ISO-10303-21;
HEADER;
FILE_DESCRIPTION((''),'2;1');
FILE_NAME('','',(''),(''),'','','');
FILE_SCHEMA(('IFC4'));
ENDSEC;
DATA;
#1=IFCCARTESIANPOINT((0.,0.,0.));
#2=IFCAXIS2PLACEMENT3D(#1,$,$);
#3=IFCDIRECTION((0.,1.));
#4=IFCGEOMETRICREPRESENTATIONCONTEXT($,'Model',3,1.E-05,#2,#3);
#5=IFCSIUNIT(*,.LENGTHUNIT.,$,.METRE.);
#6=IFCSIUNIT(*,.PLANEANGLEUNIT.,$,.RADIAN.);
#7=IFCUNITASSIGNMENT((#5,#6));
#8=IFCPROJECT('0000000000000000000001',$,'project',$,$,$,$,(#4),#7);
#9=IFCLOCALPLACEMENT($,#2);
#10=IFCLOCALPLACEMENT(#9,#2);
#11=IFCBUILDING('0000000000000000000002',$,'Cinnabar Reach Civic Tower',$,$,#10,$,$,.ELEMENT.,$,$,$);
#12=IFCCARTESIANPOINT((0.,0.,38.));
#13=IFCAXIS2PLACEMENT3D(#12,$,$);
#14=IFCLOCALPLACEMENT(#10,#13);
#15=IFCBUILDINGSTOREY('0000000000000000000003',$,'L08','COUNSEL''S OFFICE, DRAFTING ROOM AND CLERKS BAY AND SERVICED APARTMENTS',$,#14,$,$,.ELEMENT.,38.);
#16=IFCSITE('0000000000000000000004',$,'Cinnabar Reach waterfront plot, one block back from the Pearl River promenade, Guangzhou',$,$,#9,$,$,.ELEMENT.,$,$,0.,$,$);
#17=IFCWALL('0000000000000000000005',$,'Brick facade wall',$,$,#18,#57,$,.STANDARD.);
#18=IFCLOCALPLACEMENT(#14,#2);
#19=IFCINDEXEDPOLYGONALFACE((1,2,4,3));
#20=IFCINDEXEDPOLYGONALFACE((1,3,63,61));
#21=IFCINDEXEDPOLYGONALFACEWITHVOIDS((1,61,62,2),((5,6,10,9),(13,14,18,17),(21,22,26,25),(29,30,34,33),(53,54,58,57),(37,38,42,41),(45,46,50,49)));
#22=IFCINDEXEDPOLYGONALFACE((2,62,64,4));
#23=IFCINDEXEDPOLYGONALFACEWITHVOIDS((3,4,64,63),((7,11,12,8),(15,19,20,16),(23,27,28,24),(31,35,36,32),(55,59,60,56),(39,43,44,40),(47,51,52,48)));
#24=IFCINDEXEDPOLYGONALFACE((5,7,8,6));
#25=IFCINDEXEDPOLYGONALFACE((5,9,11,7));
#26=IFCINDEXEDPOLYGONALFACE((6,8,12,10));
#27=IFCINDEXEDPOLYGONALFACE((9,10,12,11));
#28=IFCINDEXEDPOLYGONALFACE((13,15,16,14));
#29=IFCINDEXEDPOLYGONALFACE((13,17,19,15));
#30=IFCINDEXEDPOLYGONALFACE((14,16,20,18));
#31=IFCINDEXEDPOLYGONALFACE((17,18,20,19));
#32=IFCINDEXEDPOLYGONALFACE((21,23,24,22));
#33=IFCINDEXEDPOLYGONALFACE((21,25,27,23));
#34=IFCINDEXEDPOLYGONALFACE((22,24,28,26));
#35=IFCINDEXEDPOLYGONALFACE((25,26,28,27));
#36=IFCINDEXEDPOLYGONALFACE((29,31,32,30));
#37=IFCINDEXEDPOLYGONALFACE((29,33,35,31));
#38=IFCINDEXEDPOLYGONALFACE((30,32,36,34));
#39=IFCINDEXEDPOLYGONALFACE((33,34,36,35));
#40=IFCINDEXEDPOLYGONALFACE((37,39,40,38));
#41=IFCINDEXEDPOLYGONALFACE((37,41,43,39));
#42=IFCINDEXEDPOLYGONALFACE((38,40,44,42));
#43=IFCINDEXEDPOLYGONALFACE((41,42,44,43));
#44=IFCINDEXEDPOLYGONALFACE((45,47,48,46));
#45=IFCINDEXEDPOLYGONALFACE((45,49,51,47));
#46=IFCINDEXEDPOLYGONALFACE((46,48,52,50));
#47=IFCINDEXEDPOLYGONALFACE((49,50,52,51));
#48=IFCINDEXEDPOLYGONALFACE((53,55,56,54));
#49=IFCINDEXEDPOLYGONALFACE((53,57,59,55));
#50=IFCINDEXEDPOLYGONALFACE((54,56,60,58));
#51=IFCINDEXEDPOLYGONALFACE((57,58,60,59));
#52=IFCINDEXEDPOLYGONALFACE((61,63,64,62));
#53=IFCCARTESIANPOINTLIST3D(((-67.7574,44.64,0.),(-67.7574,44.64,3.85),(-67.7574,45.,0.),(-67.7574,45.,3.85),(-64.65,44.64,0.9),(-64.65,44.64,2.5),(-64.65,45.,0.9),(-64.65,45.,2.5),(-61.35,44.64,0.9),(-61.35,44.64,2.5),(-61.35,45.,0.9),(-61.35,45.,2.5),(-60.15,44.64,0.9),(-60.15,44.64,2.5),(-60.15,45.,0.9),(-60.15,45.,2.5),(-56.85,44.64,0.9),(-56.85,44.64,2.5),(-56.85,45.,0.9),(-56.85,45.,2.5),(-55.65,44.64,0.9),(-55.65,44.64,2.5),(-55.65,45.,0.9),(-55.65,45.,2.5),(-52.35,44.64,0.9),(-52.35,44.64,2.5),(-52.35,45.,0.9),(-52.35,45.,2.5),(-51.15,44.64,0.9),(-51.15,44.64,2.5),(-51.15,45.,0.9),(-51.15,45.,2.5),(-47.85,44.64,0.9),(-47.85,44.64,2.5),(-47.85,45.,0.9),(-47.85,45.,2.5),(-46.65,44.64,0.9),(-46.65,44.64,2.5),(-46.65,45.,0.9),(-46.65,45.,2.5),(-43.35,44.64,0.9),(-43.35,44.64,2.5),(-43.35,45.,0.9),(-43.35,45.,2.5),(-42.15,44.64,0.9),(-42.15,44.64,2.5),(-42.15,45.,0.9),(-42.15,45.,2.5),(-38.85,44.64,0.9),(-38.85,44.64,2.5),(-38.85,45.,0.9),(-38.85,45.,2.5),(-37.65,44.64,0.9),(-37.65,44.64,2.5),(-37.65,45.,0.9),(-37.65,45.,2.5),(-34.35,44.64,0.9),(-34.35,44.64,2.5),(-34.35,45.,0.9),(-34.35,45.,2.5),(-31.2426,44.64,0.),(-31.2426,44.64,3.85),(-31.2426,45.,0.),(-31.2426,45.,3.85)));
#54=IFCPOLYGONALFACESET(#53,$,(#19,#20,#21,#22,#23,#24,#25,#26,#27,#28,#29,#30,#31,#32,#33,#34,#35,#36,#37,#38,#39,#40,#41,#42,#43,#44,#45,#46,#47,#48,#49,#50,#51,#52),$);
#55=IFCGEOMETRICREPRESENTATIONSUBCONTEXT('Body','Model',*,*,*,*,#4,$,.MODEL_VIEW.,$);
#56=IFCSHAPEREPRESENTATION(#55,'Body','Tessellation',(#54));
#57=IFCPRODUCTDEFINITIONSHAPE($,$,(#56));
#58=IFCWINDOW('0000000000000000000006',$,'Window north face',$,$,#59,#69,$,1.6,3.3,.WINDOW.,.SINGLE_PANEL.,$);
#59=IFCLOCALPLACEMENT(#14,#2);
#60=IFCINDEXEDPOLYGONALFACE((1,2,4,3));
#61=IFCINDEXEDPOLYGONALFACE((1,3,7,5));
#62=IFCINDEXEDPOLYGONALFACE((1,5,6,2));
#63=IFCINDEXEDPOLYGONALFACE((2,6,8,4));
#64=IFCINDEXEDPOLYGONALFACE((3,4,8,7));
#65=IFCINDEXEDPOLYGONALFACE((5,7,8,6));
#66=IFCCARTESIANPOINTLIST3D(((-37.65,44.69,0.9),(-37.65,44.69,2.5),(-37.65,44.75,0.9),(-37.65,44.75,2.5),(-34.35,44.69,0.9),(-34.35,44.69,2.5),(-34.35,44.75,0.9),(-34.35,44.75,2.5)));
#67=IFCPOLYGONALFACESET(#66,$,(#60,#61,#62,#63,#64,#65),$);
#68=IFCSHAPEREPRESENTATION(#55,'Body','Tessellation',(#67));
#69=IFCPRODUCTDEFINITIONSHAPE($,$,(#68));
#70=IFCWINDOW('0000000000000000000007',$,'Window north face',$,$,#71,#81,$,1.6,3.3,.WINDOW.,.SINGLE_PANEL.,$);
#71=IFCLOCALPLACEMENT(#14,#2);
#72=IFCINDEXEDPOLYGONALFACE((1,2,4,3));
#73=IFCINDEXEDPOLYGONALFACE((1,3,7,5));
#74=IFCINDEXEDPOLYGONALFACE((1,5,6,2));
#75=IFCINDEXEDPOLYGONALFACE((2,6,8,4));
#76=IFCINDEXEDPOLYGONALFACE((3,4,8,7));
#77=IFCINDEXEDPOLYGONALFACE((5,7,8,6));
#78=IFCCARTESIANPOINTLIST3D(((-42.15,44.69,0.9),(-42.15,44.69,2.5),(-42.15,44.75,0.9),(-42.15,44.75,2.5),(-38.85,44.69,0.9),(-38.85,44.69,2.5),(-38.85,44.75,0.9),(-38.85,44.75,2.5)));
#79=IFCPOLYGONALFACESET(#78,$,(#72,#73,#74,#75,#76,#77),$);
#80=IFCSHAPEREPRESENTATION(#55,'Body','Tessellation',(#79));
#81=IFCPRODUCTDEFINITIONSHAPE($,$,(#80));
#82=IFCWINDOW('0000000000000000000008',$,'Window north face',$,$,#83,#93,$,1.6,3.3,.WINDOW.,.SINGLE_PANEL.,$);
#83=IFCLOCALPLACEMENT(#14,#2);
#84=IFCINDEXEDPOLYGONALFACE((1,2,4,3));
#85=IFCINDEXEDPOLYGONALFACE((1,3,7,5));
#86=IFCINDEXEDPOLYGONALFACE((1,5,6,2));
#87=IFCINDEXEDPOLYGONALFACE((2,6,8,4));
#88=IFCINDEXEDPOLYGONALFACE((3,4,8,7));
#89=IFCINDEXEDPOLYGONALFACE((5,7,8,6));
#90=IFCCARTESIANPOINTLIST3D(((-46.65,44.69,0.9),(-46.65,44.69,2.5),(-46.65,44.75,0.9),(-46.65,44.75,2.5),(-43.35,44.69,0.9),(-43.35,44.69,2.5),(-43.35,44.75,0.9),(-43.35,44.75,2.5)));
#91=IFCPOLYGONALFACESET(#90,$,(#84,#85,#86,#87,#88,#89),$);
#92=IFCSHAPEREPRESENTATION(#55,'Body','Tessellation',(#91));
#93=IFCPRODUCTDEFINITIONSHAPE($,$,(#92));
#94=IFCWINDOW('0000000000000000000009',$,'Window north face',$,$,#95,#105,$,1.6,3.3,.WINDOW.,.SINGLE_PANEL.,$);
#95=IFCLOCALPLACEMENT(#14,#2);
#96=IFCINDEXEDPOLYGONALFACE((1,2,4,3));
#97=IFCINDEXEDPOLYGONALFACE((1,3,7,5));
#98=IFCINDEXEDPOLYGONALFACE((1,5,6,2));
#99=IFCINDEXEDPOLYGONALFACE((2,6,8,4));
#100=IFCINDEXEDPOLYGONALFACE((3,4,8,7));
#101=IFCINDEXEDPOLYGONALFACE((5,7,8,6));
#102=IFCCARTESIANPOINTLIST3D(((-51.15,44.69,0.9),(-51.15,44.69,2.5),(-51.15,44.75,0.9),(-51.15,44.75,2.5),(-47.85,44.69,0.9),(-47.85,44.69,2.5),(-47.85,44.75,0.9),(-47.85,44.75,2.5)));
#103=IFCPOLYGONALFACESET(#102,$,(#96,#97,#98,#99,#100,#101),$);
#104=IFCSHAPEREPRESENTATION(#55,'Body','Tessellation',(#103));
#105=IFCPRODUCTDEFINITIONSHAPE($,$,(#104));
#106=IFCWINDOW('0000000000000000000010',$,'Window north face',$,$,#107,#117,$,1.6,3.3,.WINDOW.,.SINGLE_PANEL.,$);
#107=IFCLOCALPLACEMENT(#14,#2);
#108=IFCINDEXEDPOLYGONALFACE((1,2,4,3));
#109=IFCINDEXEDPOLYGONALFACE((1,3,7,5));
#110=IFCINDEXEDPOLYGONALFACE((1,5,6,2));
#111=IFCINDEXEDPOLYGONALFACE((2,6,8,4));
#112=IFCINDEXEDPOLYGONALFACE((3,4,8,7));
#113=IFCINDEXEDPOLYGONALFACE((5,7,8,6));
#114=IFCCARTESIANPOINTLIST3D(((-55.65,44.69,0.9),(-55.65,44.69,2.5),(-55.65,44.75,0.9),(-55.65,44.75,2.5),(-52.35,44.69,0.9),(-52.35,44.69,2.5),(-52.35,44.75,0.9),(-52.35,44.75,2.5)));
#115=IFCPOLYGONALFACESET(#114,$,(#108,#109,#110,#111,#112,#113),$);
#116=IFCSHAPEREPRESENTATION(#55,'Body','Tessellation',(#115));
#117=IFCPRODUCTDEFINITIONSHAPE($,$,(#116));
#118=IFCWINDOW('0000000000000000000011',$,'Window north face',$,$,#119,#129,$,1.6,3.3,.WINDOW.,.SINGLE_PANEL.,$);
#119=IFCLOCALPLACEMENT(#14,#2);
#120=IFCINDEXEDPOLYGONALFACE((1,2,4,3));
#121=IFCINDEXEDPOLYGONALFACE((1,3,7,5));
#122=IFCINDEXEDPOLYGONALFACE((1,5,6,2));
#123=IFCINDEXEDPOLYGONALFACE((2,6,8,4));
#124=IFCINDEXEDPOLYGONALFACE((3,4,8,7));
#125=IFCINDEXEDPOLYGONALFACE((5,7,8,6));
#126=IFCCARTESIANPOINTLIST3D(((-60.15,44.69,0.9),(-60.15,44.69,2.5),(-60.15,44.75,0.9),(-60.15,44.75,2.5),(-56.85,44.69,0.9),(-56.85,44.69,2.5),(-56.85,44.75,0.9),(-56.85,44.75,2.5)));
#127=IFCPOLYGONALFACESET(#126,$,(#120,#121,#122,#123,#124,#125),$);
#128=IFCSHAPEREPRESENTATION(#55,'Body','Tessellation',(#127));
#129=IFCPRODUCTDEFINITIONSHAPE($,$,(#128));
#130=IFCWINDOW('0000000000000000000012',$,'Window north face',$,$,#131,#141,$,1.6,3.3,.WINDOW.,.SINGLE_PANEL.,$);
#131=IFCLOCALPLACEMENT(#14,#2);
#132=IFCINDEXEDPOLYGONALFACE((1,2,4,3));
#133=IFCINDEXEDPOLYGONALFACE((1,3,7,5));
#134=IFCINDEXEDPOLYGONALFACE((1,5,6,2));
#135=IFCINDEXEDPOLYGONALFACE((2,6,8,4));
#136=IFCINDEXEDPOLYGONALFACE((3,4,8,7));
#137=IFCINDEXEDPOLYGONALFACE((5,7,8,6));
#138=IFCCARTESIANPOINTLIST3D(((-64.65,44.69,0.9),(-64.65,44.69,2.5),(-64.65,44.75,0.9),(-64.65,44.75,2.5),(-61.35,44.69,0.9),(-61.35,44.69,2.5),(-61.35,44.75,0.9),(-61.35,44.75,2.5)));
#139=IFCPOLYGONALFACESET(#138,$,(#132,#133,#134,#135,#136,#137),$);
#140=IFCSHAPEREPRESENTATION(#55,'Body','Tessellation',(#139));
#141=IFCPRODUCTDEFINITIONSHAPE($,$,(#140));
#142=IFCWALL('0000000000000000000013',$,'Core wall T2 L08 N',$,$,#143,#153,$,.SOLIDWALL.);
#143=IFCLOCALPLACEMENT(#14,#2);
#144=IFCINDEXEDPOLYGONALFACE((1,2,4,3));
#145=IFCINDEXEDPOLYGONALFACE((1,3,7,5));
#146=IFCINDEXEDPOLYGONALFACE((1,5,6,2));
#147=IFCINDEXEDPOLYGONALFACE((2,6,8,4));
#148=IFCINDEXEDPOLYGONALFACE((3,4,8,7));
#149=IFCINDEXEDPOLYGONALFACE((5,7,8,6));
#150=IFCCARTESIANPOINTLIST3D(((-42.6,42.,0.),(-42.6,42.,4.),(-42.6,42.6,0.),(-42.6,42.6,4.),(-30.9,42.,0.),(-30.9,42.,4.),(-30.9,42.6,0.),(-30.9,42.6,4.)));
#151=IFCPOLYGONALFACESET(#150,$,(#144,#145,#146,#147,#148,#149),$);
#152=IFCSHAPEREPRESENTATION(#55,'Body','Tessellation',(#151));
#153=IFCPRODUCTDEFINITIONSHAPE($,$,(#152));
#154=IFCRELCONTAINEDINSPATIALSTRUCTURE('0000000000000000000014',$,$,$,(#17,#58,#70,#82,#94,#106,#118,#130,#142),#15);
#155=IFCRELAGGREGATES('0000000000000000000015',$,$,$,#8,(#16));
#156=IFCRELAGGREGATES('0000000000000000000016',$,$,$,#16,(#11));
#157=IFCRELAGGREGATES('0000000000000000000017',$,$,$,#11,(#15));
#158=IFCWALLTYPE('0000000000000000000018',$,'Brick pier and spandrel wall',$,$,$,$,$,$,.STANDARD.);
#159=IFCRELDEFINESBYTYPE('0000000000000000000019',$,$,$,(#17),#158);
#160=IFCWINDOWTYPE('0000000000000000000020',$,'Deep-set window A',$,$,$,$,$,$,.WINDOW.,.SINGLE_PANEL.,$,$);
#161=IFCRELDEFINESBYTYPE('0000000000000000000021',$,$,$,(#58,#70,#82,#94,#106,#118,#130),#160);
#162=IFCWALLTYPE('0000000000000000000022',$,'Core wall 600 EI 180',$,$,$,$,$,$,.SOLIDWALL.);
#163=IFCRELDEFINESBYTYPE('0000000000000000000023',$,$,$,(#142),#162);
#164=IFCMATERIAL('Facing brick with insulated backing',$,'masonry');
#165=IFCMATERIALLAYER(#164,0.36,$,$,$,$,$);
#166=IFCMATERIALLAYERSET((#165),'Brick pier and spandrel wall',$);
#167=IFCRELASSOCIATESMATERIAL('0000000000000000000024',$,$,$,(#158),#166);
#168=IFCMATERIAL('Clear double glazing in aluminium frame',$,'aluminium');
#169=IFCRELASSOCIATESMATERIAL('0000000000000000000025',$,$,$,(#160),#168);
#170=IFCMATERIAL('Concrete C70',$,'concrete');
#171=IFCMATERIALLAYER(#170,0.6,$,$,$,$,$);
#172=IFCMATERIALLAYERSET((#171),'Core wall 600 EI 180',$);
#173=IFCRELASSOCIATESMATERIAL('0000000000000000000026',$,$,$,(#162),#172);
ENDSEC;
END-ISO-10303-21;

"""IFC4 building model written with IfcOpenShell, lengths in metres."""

from ifc_helpers import new_model, si_unit, direction, frame, frame_2d, origin, place, context, subcontext, project, spatial, rectangle, extrude, material, layer, layer_set, type_object, element, fill, save


model = new_model("IFC4")

# Units and contexts
model_context = context("Model", 3, precision=1e-05, world=origin(), true_north=direction((0.0, 1.0)))
body_context = subcontext(model_context, "Body", "Model", "MODEL_VIEW")
ifc_project = project(units=[si_unit("LENGTHUNIT", "METRE"), si_unit("PLANEANGLEUNIT", "RADIAN")], contexts=[model_context])

# Site, building, storey
site_placement = place(None, origin())
site = spatial("IfcSite", under=ifc_project, at=site_placement, Name="Cinnabar Reach waterfront plot, one block back from the Pearl River promenade, Guangzhou", CompositionType="ELEMENT", RefElevation=0.0)
building_placement = place(site_placement, origin())
building = spatial("IfcBuilding", under=site, at=building_placement, Name="Cinnabar Reach Civic Tower", CompositionType="ELEMENT")
storey_placement = place(building_placement, frame((0.0, 0.0, 38.0)))
storey = spatial("IfcBuildingStorey", under=building, at=storey_placement, Name="L08", Description="COUNSEL'S OFFICE, DRAFTING ROOM AND CLERKS BAY AND SERVICED APARTMENTS", CompositionType="ELEMENT", Elevation=38.0)

# Shared definitions
ifc_material_1 = material(Name="Facing brick with insulated backing", Category="masonry")
ifc_layer_1 = layer(ifc_material_1, 0.36)
ifc_layer_set_1 = layer_set([ifc_layer_1], Name="Brick pier and spandrel wall")
wall_type_1 = type_object("IfcWallType", Name="Brick pier and spandrel wall", PredefinedType="STANDARD", material=ifc_layer_set_1)

# Wall, openings, windows
wall_1_placement = place(storey_placement, frame((-31.2426, 44.82, 0.0), z_axis=(0.0, 0.0, 1.0), x_axis=(-1.0, 0.0, 0.0)))
wall_1 = element("IfcWall", 1, at=wall_1_placement, inside=storey, type_object=wall_type_1, Name="Brick facade wall", PredefinedType="STANDARD", context=body_context, shape_type="SweptSolid", body=[
    extrude(rectangle(XDim=36.5148, YDim=0.36, at=frame_2d((18.2574, 0.0))), origin(), (0.0, 0.0, 1.0), 3.85),
])
opening_1_placement = place(wall_1_placement, frame((3.1074, 0.0, 0.9)))
opening_1 = element("IfcOpeningElement", 2, at=opening_1_placement, cuts=wall_1, PredefinedType="OPENING", context=body_context, shape_type="SweptSolid", body=[
    extrude(rectangle(XDim=3.3, YDim=1.6, at=frame_2d((1.65, 0.8))), frame((0.0, 0.19, 0.0), z_axis=(0.0, -1.0, 0.0), x_axis=(1.0, 0.0, 0.0)), (0.0, 0.0, 1.0), 0.38),
])
opening_2_placement = place(wall_1_placement, frame((7.6074, 0.0, 0.9)))
opening_2 = element("IfcOpeningElement", 3, at=opening_2_placement, cuts=wall_1, PredefinedType="OPENING", context=body_context, shape_type="SweptSolid", body=[
    extrude(rectangle(XDim=3.3, YDim=1.6, at=frame_2d((1.65, 0.8))), frame((0.0, 0.19, 0.0), z_axis=(0.0, -1.0, 0.0), x_axis=(1.0, 0.0, 0.0)), (0.0, 0.0, 1.0), 0.38),
])
opening_3_placement = place(wall_1_placement, frame((12.1074, 0.0, 0.9)))
opening_3 = element("IfcOpeningElement", 4, at=opening_3_placement, cuts=wall_1, PredefinedType="OPENING", context=body_context, shape_type="SweptSolid", body=[
    extrude(rectangle(XDim=3.3, YDim=1.6, at=frame_2d((1.65, 0.8))), frame((0.0, 0.19, 0.0), z_axis=(0.0, -1.0, 0.0), x_axis=(1.0, 0.0, 0.0)), (0.0, 0.0, 1.0), 0.38),
])
opening_4_placement = place(wall_1_placement, frame((16.6074, 0.0, 0.9)))
opening_4 = element("IfcOpeningElement", 5, at=opening_4_placement, cuts=wall_1, PredefinedType="OPENING", context=body_context, shape_type="SweptSolid", body=[
    extrude(rectangle(XDim=3.3, YDim=1.6, at=frame_2d((1.65, 0.8))), frame((0.0, 0.19, 0.0), z_axis=(0.0, -1.0, 0.0), x_axis=(1.0, 0.0, 0.0)), (0.0, 0.0, 1.0), 0.38),
])
opening_5_placement = place(wall_1_placement, frame((21.1074, 0.0, 0.9)))
opening_5 = element("IfcOpeningElement", 6, at=opening_5_placement, cuts=wall_1, PredefinedType="OPENING", context=body_context, shape_type="SweptSolid", body=[
    extrude(rectangle(XDim=3.3, YDim=1.6, at=frame_2d((1.65, 0.8))), frame((0.0, 0.19, 0.0), z_axis=(0.0, -1.0, 0.0), x_axis=(1.0, 0.0, 0.0)), (0.0, 0.0, 1.0), 0.38),
])
opening_6_placement = place(wall_1_placement, frame((25.6074, 0.0, 0.9)))
opening_6 = element("IfcOpeningElement", 7, at=opening_6_placement, cuts=wall_1, PredefinedType="OPENING", context=body_context, shape_type="SweptSolid", body=[
    extrude(rectangle(XDim=3.3, YDim=1.6, at=frame_2d((1.65, 0.8))), frame((0.0, 0.19, 0.0), z_axis=(0.0, -1.0, 0.0), x_axis=(1.0, 0.0, 0.0)), (0.0, 0.0, 1.0), 0.38),
])
opening_7_placement = place(wall_1_placement, frame((30.1074, 0.0, 0.9)))
opening_7 = element("IfcOpeningElement", 8, at=opening_7_placement, cuts=wall_1, PredefinedType="OPENING", context=body_context, shape_type="SweptSolid", body=[
    extrude(rectangle(XDim=3.3, YDim=1.6, at=frame_2d((1.65, 0.8))), frame((0.0, 0.19, 0.0), z_axis=(0.0, -1.0, 0.0), x_axis=(1.0, 0.0, 0.0)), (0.0, 0.0, 1.0), 0.38),
])
ifc_material_2 = material(Name="Clear double glazing in aluminium frame", Category="aluminium")
window_type = type_object("IfcWindowType", Name="Deep-set window A", PartitioningType="SINGLE_PANEL", PredefinedType="WINDOW", material=ifc_material_2)
window_1_placement = place(opening_1_placement, origin())
window_1 = element("IfcWindow", 9, at=window_1_placement, inside=storey, type_object=window_type, Name="Window north face", OverallHeight=1.6, OverallWidth=3.3, PartitioningType="SINGLE_PANEL", PredefinedType="WINDOW", context=body_context, shape_type="SweptSolid", body=[
    extrude(rectangle(XDim=3.3, YDim=1.6, at=frame_2d((1.65, 0.8))), frame((0.0, 0.13, 0.0), z_axis=(0.0, -1.0, 0.0), x_axis=(1.0, 0.0, 0.0)), (0.0, 0.0, 1.0), 0.06),
])
fill(opening_1, window_1)
window_2_placement = place(opening_2_placement, origin())
window_2 = element("IfcWindow", 10, at=window_2_placement, inside=storey, type_object=window_type, Name="Window north face", OverallHeight=1.6, OverallWidth=3.3, PartitioningType="SINGLE_PANEL", PredefinedType="WINDOW", context=body_context, shape_type="SweptSolid", body=[
    extrude(rectangle(XDim=3.3, YDim=1.6, at=frame_2d((1.65, 0.8))), frame((0.0, 0.13, 0.0), z_axis=(0.0, -1.0, 0.0), x_axis=(1.0, 0.0, 0.0)), (0.0, 0.0, 1.0), 0.06),
])
fill(opening_2, window_2)
window_3_placement = place(opening_3_placement, origin())
window_3 = element("IfcWindow", 11, at=window_3_placement, inside=storey, type_object=window_type, Name="Window north face", OverallHeight=1.6, OverallWidth=3.3, PartitioningType="SINGLE_PANEL", PredefinedType="WINDOW", context=body_context, shape_type="SweptSolid", body=[
    extrude(rectangle(XDim=3.3, YDim=1.6, at=frame_2d((1.65, 0.8))), frame((0.0, 0.13, 0.0), z_axis=(0.0, -1.0, 0.0), x_axis=(1.0, 0.0, 0.0)), (0.0, 0.0, 1.0), 0.06),
])
fill(opening_3, window_3)
window_4_placement = place(opening_4_placement, origin())
window_4 = element("IfcWindow", 12, at=window_4_placement, inside=storey, type_object=window_type, Name="Window north face", OverallHeight=1.6, OverallWidth=3.3, PartitioningType="SINGLE_PANEL", PredefinedType="WINDOW", context=body_context, shape_type="SweptSolid", body=[
    extrude(rectangle(XDim=3.3, YDim=1.6, at=frame_2d((1.65, 0.8))), frame((0.0, 0.13, 0.0), z_axis=(0.0, -1.0, 0.0), x_axis=(1.0, 0.0, 0.0)), (0.0, 0.0, 1.0), 0.06),
])
fill(opening_4, window_4)
window_5_placement = place(opening_5_placement, origin())
window_5 = element("IfcWindow", 13, at=window_5_placement, inside=storey, type_object=window_type, Name="Window north face", OverallHeight=1.6, OverallWidth=3.3, PartitioningType="SINGLE_PANEL", PredefinedType="WINDOW", context=body_context, shape_type="SweptSolid", body=[
    extrude(rectangle(XDim=3.3, YDim=1.6, at=frame_2d((1.65, 0.8))), frame((0.0, 0.13, 0.0), z_axis=(0.0, -1.0, 0.0), x_axis=(1.0, 0.0, 0.0)), (0.0, 0.0, 1.0), 0.06),
])
fill(opening_5, window_5)
window_6_placement = place(opening_6_placement, origin())
window_6 = element("IfcWindow", 14, at=window_6_placement, inside=storey, type_object=window_type, Name="Window north face", OverallHeight=1.6, OverallWidth=3.3, PartitioningType="SINGLE_PANEL", PredefinedType="WINDOW", context=body_context, shape_type="SweptSolid", body=[
    extrude(rectangle(XDim=3.3, YDim=1.6, at=frame_2d((1.65, 0.8))), frame((0.0, 0.13, 0.0), z_axis=(0.0, -1.0, 0.0), x_axis=(1.0, 0.0, 0.0)), (0.0, 0.0, 1.0), 0.06),
])
fill(opening_6, window_6)
window_7_placement = place(opening_7_placement, origin())
window_7 = element("IfcWindow", 15, at=window_7_placement, inside=storey, type_object=window_type, Name="Window north face", OverallHeight=1.6, OverallWidth=3.3, PartitioningType="SINGLE_PANEL", PredefinedType="WINDOW", context=body_context, shape_type="SweptSolid", body=[
    extrude(rectangle(XDim=3.3, YDim=1.6, at=frame_2d((1.65, 0.8))), frame((0.0, 0.13, 0.0), z_axis=(0.0, -1.0, 0.0), x_axis=(1.0, 0.0, 0.0)), (0.0, 0.0, 1.0), 0.06),
])
fill(opening_7, window_7)

# Wall
ifc_material_3 = material(Name="Concrete C70", Category="concrete")
ifc_layer_2 = layer(ifc_material_3, 0.6)
ifc_layer_set_2 = layer_set([ifc_layer_2], Name="Core wall 600 EI 180")
wall_type_2 = type_object("IfcWallType", Name="Core wall 600 EI 180", PredefinedType="SOLIDWALL", material=ifc_layer_set_2)
wall_2_placement = place(storey_placement, frame((-30.9, 42.3, 0.0), z_axis=(0.0, 0.0, 1.0), x_axis=(-1.0, 0.0, 0.0)))
element("IfcWall", 16, at=wall_2_placement, inside=storey, type_object=wall_type_2, Name="Core wall T2 L08 N", PredefinedType="SOLIDWALL", context=body_context, shape_type="SweptSolid", body=[
    extrude(rectangle(XDim=11.7, YDim=0.6, at=frame_2d((5.85, 0.0))), origin(), (0.0, 0.0, 1.0), 4.0),
])

save(model, "model.ifc")
